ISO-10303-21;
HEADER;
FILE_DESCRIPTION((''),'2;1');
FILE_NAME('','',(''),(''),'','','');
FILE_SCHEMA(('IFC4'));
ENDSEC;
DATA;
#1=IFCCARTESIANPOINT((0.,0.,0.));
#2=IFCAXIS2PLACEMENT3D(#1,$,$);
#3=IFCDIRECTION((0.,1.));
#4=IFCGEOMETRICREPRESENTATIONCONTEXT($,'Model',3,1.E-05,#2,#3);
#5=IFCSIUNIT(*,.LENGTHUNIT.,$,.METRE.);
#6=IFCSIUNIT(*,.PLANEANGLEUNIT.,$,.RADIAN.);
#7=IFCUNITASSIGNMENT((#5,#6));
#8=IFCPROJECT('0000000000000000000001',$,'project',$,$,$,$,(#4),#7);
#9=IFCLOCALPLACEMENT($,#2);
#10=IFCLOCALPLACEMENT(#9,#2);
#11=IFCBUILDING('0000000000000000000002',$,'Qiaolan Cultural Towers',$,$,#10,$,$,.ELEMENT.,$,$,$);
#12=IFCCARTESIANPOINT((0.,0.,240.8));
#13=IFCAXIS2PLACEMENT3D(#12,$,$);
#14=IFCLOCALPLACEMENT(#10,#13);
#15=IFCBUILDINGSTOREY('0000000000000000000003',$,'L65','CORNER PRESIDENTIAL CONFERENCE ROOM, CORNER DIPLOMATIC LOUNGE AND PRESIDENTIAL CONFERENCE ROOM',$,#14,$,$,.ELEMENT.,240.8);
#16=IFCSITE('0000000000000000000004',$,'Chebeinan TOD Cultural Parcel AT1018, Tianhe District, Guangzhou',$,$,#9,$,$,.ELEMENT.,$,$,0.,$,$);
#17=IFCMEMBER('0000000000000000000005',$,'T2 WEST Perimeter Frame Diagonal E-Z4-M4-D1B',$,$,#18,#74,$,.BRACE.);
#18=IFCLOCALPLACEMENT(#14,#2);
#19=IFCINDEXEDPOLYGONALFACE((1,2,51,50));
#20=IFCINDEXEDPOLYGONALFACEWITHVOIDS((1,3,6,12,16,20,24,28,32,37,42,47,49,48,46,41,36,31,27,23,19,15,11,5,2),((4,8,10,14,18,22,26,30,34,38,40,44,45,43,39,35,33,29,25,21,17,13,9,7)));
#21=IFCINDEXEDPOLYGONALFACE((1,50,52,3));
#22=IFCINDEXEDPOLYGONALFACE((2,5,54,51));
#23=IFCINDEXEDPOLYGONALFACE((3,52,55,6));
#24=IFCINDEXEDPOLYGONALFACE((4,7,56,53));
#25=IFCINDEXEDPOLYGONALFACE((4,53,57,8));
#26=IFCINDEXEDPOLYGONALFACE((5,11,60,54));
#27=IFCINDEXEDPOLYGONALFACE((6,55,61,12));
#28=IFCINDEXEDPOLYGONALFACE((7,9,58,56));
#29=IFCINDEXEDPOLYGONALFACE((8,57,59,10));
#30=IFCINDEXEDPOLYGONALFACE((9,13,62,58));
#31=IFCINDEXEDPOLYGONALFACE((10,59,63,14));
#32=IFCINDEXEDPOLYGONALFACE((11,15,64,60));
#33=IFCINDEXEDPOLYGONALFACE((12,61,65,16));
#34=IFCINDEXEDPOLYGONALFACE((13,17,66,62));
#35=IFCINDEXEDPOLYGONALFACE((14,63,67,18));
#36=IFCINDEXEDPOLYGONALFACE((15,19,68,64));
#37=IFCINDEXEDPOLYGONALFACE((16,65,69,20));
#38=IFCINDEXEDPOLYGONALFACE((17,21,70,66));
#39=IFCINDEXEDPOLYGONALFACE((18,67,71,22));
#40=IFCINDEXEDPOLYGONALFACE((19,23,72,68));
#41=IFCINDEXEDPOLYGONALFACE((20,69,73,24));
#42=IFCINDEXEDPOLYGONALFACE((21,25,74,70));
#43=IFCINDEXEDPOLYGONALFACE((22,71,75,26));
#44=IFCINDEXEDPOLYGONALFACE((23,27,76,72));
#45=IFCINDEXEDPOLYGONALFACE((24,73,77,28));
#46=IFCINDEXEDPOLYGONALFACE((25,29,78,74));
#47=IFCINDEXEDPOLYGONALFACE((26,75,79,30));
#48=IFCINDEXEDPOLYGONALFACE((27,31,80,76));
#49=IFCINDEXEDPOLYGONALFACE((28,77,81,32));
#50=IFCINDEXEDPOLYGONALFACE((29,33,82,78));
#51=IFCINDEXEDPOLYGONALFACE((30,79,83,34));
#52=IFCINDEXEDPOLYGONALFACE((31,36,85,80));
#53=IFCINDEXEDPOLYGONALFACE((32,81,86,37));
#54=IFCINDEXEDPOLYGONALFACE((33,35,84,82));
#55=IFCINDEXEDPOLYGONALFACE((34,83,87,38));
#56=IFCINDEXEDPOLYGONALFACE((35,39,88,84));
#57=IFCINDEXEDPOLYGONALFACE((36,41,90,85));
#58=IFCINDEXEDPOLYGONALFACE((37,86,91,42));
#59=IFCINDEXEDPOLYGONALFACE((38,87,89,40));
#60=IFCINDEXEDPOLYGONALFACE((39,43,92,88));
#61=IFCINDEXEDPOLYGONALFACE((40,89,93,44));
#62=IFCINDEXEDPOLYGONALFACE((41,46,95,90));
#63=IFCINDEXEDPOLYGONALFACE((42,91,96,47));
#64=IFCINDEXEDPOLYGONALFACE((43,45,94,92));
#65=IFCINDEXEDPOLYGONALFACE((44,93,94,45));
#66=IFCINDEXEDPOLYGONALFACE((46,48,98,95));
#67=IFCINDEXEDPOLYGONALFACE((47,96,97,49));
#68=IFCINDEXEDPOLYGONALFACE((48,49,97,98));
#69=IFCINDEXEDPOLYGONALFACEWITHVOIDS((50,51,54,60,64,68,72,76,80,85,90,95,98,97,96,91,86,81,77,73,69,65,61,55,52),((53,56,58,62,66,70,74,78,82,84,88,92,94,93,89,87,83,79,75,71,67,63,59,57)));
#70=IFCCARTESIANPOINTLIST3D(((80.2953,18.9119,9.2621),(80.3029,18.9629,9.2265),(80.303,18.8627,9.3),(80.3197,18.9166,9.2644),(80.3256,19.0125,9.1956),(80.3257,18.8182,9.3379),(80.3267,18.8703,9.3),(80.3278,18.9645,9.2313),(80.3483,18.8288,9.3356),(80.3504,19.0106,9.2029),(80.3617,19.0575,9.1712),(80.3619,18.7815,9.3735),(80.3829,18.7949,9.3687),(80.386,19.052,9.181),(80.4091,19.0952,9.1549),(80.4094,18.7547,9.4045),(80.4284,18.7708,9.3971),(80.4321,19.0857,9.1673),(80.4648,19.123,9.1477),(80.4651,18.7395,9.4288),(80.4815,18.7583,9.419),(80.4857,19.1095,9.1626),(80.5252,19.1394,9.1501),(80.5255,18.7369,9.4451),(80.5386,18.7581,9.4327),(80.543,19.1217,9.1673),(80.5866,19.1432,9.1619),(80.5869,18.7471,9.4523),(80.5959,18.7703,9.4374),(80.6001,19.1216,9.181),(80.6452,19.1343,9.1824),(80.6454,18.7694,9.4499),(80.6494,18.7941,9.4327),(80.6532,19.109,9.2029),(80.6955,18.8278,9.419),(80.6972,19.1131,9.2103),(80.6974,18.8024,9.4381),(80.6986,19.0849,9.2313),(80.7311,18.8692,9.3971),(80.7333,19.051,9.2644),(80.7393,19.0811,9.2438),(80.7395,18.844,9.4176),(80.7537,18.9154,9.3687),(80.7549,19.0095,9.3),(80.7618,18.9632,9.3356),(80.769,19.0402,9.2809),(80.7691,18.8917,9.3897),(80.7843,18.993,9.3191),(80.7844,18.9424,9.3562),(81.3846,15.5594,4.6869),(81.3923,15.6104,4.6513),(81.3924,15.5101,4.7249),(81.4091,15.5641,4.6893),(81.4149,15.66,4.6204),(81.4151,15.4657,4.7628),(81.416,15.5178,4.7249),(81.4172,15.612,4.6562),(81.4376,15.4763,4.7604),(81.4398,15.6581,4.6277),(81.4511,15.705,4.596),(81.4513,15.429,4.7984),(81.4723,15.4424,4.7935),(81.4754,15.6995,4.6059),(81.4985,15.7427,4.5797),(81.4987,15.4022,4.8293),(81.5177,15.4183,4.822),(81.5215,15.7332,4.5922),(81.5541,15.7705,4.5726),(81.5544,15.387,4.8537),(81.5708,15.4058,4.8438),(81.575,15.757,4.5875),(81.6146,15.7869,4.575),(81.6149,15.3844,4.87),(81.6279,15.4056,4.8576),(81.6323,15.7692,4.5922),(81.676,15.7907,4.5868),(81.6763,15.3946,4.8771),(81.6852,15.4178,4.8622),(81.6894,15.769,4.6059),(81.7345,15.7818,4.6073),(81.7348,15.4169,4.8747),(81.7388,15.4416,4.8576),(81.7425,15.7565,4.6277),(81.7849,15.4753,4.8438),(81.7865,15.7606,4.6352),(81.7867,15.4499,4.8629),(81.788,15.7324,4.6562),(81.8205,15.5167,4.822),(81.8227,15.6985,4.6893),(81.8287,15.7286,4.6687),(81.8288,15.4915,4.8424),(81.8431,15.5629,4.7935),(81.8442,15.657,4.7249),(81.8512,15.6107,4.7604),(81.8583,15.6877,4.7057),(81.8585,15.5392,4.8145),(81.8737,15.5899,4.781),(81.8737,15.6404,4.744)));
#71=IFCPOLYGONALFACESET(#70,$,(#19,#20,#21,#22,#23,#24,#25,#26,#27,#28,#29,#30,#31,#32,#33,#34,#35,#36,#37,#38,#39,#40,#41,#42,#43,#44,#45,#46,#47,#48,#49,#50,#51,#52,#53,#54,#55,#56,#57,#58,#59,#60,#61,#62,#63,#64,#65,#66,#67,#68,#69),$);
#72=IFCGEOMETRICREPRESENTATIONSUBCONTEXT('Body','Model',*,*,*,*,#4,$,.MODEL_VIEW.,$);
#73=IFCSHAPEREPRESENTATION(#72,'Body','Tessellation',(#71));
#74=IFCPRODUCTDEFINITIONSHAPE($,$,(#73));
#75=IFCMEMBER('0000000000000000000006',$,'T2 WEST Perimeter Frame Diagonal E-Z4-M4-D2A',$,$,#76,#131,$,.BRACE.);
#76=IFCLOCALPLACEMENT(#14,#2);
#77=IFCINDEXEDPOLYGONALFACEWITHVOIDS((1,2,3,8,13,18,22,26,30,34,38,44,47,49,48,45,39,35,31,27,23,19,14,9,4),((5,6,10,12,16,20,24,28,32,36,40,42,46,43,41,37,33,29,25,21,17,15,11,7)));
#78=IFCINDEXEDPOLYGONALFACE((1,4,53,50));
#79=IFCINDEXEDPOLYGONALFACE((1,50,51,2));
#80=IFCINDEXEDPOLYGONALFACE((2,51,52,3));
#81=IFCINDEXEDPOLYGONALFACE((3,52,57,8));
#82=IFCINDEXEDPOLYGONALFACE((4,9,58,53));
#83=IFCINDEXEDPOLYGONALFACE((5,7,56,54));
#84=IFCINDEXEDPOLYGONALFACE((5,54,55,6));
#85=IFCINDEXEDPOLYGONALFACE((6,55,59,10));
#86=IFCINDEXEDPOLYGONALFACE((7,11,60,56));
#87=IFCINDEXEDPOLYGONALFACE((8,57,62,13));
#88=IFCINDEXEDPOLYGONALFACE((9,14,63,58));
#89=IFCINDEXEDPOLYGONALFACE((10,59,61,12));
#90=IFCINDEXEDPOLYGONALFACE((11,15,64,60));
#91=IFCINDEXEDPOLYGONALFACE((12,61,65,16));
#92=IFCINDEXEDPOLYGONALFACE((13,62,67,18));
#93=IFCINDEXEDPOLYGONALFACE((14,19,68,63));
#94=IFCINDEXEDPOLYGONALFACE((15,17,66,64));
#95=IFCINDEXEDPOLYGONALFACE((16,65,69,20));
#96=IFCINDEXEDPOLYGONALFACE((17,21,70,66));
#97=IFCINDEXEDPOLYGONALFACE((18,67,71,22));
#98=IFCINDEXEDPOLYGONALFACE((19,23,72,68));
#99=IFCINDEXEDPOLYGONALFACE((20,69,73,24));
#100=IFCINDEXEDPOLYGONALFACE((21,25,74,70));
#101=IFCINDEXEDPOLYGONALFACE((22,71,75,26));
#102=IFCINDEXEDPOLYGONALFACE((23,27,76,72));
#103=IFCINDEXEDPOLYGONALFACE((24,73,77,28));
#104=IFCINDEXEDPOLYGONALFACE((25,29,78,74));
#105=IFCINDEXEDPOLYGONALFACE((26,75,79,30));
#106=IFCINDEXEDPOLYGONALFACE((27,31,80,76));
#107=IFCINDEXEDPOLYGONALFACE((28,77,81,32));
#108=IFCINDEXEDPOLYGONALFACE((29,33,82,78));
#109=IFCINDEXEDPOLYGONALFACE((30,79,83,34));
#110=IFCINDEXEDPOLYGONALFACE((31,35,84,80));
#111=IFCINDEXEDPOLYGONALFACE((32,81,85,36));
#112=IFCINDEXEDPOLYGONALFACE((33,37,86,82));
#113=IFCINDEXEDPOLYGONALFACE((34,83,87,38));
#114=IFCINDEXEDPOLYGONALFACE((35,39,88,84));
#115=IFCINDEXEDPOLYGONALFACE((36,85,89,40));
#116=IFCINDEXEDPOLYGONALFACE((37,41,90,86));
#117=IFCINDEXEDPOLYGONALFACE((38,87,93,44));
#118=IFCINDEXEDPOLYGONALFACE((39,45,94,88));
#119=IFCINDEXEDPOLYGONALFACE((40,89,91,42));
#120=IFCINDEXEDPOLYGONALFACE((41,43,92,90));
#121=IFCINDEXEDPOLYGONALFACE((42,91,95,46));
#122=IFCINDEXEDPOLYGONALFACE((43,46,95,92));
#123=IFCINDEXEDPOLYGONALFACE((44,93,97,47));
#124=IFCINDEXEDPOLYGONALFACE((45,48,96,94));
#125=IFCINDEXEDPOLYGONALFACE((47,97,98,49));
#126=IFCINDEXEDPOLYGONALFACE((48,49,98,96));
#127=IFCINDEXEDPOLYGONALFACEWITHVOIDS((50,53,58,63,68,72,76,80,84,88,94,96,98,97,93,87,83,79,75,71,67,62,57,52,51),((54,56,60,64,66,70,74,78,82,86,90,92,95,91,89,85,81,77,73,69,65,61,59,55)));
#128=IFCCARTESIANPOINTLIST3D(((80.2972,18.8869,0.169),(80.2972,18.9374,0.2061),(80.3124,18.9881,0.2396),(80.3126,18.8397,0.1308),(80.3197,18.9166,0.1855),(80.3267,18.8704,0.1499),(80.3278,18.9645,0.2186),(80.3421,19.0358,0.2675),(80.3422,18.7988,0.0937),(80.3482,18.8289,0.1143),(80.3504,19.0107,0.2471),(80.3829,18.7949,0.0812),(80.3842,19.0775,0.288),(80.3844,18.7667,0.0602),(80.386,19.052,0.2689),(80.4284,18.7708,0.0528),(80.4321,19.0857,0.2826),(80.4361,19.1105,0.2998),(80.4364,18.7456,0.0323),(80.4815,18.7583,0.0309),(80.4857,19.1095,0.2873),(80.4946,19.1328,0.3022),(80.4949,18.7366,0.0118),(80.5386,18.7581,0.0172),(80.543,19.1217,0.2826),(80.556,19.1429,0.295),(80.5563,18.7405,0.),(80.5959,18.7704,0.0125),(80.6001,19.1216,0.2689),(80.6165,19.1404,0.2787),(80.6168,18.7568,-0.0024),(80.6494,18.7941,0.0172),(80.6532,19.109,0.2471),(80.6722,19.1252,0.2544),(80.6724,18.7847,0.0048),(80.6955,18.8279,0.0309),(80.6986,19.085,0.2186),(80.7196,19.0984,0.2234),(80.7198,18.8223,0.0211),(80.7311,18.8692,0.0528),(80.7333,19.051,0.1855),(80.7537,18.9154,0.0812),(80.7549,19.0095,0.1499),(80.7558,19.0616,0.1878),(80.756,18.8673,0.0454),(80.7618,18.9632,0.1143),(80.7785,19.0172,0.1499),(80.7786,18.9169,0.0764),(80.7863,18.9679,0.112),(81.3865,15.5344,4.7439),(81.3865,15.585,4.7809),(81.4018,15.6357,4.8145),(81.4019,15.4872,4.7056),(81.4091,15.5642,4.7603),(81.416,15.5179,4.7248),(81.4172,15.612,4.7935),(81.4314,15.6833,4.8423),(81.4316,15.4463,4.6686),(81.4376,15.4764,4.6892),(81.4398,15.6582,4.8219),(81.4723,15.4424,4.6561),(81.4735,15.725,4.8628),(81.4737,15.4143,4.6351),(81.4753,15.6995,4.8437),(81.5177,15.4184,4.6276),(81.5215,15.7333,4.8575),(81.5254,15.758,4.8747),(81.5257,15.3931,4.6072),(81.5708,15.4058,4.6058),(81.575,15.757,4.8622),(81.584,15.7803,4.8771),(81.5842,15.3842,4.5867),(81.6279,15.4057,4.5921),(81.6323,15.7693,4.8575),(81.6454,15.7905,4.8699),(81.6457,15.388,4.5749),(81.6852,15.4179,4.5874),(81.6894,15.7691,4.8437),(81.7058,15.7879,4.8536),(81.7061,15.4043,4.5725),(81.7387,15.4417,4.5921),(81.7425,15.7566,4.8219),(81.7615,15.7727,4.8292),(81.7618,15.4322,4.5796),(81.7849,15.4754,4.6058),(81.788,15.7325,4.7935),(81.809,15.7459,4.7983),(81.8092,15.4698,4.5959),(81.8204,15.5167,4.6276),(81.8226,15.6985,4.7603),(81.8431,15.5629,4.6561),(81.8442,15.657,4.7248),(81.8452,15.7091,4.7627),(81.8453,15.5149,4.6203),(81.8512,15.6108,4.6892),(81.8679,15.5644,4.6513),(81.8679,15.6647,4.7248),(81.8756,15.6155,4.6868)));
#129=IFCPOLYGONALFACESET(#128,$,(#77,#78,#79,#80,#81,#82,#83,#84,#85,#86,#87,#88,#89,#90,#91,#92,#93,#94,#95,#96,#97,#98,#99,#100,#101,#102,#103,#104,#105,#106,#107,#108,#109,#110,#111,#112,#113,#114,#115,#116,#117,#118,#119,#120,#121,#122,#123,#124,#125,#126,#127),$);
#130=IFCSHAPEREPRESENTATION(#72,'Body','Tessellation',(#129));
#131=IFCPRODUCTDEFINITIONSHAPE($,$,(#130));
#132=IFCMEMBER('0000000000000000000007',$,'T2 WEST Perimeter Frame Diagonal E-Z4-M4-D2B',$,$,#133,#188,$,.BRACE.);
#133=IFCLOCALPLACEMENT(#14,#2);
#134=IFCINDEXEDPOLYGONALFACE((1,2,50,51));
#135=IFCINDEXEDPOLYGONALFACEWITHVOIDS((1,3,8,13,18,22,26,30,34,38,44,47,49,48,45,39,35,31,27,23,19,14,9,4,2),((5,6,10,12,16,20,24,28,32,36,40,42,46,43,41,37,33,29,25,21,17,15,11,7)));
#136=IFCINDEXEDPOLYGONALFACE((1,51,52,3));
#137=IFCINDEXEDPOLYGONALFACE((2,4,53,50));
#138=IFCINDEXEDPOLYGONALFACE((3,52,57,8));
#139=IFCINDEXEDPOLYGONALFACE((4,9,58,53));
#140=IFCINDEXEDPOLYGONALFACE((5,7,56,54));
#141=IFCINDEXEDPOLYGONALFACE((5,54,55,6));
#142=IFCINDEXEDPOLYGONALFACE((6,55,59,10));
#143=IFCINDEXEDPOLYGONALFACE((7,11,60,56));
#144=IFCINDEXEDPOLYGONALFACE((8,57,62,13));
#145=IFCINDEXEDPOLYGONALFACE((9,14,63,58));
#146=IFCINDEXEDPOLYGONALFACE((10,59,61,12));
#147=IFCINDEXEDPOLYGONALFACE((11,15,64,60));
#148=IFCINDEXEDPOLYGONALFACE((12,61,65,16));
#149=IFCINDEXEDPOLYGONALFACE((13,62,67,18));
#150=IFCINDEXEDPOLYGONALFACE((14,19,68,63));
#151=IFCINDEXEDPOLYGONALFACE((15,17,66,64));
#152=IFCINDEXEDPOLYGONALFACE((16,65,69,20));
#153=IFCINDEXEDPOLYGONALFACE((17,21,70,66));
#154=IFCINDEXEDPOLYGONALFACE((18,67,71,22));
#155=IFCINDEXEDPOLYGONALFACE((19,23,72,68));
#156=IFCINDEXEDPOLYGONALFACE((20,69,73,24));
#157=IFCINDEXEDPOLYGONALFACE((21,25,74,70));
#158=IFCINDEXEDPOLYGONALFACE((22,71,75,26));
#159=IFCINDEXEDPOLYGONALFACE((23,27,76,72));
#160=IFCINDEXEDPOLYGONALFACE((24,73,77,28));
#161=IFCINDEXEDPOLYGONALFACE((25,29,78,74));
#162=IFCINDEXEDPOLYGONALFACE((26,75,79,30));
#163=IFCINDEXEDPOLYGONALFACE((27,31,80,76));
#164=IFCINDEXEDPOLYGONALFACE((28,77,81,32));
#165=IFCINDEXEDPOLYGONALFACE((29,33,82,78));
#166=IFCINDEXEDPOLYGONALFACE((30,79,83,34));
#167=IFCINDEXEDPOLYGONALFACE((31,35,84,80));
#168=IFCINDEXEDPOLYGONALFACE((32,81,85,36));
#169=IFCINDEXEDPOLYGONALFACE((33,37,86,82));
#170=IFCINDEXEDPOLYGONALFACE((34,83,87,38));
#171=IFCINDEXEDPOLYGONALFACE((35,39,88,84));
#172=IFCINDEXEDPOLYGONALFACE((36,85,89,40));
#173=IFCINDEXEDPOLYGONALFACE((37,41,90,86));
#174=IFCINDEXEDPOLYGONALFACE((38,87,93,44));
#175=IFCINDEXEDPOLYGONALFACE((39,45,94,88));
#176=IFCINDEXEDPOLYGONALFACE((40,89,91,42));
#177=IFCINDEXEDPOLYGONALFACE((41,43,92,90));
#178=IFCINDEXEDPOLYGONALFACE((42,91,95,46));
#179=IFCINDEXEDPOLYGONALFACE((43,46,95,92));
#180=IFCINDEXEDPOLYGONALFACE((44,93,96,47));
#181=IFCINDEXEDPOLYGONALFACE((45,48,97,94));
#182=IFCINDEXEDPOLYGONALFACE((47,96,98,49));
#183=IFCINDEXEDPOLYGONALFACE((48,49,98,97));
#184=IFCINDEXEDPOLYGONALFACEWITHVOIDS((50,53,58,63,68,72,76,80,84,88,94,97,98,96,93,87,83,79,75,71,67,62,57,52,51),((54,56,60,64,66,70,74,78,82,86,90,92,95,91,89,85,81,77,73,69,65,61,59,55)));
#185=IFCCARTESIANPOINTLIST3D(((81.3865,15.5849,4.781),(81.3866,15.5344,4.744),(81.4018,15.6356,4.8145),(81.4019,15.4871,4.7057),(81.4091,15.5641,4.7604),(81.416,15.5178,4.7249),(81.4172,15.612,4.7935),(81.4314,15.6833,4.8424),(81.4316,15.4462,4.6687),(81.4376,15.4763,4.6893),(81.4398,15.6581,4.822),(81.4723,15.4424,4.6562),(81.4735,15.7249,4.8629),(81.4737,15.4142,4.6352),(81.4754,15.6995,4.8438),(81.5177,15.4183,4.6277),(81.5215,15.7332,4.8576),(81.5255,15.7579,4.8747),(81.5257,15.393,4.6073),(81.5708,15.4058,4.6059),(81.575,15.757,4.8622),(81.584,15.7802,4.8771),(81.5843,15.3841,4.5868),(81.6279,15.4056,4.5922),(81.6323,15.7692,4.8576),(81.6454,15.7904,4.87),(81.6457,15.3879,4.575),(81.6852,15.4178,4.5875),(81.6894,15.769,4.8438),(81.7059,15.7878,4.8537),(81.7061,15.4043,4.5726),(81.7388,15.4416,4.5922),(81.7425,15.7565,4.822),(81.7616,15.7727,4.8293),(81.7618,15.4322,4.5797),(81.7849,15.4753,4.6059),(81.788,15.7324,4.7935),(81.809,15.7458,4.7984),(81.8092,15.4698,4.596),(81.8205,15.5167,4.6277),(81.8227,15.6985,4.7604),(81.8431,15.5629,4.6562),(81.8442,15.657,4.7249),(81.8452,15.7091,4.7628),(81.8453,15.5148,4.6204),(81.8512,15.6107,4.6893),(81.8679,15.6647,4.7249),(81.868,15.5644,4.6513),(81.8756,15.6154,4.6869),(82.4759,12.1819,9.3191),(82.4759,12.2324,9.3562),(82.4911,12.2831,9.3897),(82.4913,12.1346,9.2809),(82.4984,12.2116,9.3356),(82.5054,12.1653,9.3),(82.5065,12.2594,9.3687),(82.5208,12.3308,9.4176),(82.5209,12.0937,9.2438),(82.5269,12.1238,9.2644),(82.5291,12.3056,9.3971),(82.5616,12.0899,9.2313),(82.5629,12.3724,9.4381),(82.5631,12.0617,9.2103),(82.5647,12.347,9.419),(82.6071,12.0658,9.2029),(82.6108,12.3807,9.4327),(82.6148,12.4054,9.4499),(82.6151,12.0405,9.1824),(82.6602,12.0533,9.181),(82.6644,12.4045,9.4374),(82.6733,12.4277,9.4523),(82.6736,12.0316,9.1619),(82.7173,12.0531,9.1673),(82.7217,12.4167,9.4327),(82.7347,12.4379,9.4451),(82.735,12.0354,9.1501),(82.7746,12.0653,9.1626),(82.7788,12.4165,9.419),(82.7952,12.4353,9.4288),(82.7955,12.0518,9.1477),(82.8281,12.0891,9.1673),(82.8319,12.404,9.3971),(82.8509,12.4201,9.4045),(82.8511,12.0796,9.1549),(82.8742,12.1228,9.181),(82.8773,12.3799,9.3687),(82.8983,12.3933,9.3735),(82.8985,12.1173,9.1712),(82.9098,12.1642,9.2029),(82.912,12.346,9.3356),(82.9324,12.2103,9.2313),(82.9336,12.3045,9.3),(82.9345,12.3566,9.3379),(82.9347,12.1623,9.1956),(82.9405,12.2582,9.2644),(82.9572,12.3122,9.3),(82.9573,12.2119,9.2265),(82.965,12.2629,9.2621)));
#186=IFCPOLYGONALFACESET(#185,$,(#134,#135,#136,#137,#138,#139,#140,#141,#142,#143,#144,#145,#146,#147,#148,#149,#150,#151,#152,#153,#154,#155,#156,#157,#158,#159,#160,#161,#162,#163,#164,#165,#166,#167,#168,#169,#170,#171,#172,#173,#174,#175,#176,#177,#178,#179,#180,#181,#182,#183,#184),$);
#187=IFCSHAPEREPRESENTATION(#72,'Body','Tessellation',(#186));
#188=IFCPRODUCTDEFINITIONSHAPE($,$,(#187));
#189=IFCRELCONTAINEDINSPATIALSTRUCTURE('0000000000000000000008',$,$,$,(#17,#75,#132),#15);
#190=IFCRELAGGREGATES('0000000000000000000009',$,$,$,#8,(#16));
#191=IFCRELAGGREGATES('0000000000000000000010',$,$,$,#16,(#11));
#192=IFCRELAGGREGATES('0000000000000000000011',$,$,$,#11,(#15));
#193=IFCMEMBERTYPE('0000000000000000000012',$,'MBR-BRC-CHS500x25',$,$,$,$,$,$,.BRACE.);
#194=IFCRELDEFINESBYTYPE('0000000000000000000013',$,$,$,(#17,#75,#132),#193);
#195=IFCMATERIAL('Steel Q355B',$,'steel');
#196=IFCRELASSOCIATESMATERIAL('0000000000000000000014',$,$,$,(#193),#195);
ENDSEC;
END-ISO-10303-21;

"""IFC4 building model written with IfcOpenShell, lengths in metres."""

from ifc_helpers import new_model, si_unit, direction, frame, origin, origin_2d, place, context, subcontext, project, spatial, hollow_circle, extrude, material, material_profile, profile_set, type_object, element, save


model = new_model("IFC4")

# Units and contexts
model_context = context("Model", 3, precision=1e-05, world=origin(), true_north=direction((0.0, 1.0)))
body_context = subcontext(model_context, "Body", "Model", "MODEL_VIEW")
ifc_project = project(units=[si_unit("LENGTHUNIT", "METRE"), si_unit("PLANEANGLEUNIT", "RADIAN")], contexts=[model_context])

# Site, building, storey
site_placement = place(None, origin())
site = spatial("IfcSite", under=ifc_project, at=site_placement, Name="Chebeinan TOD Cultural Parcel AT1018, Tianhe District, Guangzhou", CompositionType="ELEMENT", RefElevation=0.0)
building_placement = place(site_placement, origin())
building = spatial("IfcBuilding", under=site, at=building_placement, Name="Qiaolan Cultural Towers", CompositionType="ELEMENT")
storey_placement = place(building_placement, frame((0.0, 0.0, 240.8)))
storey = spatial("IfcBuildingStorey", under=building, at=storey_placement, Name="L65", Description="CORNER PRESIDENTIAL CONFERENCE ROOM, CORNER DIPLOMATIC LOUNGE AND PRESIDENTIAL CONFERENCE ROOM", CompositionType="ELEMENT", Elevation=240.8)

# Members
ifc_material_1 = material(Name="Steel Q355B", Category="steel")
ifc_material_profile_1 = material_profile(ifc_material_1, hollow_circle(Radius=0.25, WallThickness=0.0249, at=origin_2d()), Name="CHS500x25")
ifc_profile_set_1 = profile_set([ifc_material_profile_1], Name="Steel Q355B")
member_type = type_object("IfcMemberType", Name="MBR-BRC-CHS500x25", PredefinedType="BRACE", material=ifc_profile_set_1)
member_1_placement = place(storey_placement, frame((81.6301, 15.5874, 4.7249), z_axis=(-0.18861, 0.580457, 0.792147), x_axis=(-0.951052, -0.30903, 0.0)))
element("IfcMember", 1, at=member_1_placement, inside=storey, type_object=member_type, Name="T2 WEST Perimeter Frame Diagonal E-Z4-M4-D1B", PredefinedType="BRACE", context=body_context, shape_type="SweptSolid", body=[
    extrude(hollow_circle(Radius=0.25, WallThickness=0.0249, at=origin_2d()), origin(), (0.0, 0.0, 1.0), 5.7756),
])
member_2_placement = place(storey_placement, frame((80.5408, 18.9399, 0.1499), z_axis=(0.188617, -0.580476, 0.792131), x_axis=(0.951052, 0.30903, 0.0)))
element("IfcMember", 2, at=member_2_placement, inside=storey, type_object=member_type, Name="T2 WEST Perimeter Frame Diagonal E-Z4-M4-D2A", PredefinedType="BRACE", context=body_context, shape_type="SweptSolid", body=[
    extrude(hollow_circle(Radius=0.25, WallThickness=0.0249, at=origin_2d()), origin(), (0.0, 0.0, 1.0), 5.7754),
])
member_3_placement = place(storey_placement, frame((81.6301, 15.5874, 4.7249), z_axis=(0.18861, -0.580457, 0.792147), x_axis=(0.951052, 0.30903, 0.0)))
element("IfcMember", 3, at=member_3_placement, inside=storey, type_object=member_type, Name="T2 WEST Perimeter Frame Diagonal E-Z4-M4-D2B", PredefinedType="BRACE", context=body_context, shape_type="SweptSolid", body=[
    extrude(hollow_circle(Radius=0.25, WallThickness=0.0249, at=origin_2d()), origin(), (0.0, 0.0, 1.0), 5.7756),
])

save(model, "model.ifc")
